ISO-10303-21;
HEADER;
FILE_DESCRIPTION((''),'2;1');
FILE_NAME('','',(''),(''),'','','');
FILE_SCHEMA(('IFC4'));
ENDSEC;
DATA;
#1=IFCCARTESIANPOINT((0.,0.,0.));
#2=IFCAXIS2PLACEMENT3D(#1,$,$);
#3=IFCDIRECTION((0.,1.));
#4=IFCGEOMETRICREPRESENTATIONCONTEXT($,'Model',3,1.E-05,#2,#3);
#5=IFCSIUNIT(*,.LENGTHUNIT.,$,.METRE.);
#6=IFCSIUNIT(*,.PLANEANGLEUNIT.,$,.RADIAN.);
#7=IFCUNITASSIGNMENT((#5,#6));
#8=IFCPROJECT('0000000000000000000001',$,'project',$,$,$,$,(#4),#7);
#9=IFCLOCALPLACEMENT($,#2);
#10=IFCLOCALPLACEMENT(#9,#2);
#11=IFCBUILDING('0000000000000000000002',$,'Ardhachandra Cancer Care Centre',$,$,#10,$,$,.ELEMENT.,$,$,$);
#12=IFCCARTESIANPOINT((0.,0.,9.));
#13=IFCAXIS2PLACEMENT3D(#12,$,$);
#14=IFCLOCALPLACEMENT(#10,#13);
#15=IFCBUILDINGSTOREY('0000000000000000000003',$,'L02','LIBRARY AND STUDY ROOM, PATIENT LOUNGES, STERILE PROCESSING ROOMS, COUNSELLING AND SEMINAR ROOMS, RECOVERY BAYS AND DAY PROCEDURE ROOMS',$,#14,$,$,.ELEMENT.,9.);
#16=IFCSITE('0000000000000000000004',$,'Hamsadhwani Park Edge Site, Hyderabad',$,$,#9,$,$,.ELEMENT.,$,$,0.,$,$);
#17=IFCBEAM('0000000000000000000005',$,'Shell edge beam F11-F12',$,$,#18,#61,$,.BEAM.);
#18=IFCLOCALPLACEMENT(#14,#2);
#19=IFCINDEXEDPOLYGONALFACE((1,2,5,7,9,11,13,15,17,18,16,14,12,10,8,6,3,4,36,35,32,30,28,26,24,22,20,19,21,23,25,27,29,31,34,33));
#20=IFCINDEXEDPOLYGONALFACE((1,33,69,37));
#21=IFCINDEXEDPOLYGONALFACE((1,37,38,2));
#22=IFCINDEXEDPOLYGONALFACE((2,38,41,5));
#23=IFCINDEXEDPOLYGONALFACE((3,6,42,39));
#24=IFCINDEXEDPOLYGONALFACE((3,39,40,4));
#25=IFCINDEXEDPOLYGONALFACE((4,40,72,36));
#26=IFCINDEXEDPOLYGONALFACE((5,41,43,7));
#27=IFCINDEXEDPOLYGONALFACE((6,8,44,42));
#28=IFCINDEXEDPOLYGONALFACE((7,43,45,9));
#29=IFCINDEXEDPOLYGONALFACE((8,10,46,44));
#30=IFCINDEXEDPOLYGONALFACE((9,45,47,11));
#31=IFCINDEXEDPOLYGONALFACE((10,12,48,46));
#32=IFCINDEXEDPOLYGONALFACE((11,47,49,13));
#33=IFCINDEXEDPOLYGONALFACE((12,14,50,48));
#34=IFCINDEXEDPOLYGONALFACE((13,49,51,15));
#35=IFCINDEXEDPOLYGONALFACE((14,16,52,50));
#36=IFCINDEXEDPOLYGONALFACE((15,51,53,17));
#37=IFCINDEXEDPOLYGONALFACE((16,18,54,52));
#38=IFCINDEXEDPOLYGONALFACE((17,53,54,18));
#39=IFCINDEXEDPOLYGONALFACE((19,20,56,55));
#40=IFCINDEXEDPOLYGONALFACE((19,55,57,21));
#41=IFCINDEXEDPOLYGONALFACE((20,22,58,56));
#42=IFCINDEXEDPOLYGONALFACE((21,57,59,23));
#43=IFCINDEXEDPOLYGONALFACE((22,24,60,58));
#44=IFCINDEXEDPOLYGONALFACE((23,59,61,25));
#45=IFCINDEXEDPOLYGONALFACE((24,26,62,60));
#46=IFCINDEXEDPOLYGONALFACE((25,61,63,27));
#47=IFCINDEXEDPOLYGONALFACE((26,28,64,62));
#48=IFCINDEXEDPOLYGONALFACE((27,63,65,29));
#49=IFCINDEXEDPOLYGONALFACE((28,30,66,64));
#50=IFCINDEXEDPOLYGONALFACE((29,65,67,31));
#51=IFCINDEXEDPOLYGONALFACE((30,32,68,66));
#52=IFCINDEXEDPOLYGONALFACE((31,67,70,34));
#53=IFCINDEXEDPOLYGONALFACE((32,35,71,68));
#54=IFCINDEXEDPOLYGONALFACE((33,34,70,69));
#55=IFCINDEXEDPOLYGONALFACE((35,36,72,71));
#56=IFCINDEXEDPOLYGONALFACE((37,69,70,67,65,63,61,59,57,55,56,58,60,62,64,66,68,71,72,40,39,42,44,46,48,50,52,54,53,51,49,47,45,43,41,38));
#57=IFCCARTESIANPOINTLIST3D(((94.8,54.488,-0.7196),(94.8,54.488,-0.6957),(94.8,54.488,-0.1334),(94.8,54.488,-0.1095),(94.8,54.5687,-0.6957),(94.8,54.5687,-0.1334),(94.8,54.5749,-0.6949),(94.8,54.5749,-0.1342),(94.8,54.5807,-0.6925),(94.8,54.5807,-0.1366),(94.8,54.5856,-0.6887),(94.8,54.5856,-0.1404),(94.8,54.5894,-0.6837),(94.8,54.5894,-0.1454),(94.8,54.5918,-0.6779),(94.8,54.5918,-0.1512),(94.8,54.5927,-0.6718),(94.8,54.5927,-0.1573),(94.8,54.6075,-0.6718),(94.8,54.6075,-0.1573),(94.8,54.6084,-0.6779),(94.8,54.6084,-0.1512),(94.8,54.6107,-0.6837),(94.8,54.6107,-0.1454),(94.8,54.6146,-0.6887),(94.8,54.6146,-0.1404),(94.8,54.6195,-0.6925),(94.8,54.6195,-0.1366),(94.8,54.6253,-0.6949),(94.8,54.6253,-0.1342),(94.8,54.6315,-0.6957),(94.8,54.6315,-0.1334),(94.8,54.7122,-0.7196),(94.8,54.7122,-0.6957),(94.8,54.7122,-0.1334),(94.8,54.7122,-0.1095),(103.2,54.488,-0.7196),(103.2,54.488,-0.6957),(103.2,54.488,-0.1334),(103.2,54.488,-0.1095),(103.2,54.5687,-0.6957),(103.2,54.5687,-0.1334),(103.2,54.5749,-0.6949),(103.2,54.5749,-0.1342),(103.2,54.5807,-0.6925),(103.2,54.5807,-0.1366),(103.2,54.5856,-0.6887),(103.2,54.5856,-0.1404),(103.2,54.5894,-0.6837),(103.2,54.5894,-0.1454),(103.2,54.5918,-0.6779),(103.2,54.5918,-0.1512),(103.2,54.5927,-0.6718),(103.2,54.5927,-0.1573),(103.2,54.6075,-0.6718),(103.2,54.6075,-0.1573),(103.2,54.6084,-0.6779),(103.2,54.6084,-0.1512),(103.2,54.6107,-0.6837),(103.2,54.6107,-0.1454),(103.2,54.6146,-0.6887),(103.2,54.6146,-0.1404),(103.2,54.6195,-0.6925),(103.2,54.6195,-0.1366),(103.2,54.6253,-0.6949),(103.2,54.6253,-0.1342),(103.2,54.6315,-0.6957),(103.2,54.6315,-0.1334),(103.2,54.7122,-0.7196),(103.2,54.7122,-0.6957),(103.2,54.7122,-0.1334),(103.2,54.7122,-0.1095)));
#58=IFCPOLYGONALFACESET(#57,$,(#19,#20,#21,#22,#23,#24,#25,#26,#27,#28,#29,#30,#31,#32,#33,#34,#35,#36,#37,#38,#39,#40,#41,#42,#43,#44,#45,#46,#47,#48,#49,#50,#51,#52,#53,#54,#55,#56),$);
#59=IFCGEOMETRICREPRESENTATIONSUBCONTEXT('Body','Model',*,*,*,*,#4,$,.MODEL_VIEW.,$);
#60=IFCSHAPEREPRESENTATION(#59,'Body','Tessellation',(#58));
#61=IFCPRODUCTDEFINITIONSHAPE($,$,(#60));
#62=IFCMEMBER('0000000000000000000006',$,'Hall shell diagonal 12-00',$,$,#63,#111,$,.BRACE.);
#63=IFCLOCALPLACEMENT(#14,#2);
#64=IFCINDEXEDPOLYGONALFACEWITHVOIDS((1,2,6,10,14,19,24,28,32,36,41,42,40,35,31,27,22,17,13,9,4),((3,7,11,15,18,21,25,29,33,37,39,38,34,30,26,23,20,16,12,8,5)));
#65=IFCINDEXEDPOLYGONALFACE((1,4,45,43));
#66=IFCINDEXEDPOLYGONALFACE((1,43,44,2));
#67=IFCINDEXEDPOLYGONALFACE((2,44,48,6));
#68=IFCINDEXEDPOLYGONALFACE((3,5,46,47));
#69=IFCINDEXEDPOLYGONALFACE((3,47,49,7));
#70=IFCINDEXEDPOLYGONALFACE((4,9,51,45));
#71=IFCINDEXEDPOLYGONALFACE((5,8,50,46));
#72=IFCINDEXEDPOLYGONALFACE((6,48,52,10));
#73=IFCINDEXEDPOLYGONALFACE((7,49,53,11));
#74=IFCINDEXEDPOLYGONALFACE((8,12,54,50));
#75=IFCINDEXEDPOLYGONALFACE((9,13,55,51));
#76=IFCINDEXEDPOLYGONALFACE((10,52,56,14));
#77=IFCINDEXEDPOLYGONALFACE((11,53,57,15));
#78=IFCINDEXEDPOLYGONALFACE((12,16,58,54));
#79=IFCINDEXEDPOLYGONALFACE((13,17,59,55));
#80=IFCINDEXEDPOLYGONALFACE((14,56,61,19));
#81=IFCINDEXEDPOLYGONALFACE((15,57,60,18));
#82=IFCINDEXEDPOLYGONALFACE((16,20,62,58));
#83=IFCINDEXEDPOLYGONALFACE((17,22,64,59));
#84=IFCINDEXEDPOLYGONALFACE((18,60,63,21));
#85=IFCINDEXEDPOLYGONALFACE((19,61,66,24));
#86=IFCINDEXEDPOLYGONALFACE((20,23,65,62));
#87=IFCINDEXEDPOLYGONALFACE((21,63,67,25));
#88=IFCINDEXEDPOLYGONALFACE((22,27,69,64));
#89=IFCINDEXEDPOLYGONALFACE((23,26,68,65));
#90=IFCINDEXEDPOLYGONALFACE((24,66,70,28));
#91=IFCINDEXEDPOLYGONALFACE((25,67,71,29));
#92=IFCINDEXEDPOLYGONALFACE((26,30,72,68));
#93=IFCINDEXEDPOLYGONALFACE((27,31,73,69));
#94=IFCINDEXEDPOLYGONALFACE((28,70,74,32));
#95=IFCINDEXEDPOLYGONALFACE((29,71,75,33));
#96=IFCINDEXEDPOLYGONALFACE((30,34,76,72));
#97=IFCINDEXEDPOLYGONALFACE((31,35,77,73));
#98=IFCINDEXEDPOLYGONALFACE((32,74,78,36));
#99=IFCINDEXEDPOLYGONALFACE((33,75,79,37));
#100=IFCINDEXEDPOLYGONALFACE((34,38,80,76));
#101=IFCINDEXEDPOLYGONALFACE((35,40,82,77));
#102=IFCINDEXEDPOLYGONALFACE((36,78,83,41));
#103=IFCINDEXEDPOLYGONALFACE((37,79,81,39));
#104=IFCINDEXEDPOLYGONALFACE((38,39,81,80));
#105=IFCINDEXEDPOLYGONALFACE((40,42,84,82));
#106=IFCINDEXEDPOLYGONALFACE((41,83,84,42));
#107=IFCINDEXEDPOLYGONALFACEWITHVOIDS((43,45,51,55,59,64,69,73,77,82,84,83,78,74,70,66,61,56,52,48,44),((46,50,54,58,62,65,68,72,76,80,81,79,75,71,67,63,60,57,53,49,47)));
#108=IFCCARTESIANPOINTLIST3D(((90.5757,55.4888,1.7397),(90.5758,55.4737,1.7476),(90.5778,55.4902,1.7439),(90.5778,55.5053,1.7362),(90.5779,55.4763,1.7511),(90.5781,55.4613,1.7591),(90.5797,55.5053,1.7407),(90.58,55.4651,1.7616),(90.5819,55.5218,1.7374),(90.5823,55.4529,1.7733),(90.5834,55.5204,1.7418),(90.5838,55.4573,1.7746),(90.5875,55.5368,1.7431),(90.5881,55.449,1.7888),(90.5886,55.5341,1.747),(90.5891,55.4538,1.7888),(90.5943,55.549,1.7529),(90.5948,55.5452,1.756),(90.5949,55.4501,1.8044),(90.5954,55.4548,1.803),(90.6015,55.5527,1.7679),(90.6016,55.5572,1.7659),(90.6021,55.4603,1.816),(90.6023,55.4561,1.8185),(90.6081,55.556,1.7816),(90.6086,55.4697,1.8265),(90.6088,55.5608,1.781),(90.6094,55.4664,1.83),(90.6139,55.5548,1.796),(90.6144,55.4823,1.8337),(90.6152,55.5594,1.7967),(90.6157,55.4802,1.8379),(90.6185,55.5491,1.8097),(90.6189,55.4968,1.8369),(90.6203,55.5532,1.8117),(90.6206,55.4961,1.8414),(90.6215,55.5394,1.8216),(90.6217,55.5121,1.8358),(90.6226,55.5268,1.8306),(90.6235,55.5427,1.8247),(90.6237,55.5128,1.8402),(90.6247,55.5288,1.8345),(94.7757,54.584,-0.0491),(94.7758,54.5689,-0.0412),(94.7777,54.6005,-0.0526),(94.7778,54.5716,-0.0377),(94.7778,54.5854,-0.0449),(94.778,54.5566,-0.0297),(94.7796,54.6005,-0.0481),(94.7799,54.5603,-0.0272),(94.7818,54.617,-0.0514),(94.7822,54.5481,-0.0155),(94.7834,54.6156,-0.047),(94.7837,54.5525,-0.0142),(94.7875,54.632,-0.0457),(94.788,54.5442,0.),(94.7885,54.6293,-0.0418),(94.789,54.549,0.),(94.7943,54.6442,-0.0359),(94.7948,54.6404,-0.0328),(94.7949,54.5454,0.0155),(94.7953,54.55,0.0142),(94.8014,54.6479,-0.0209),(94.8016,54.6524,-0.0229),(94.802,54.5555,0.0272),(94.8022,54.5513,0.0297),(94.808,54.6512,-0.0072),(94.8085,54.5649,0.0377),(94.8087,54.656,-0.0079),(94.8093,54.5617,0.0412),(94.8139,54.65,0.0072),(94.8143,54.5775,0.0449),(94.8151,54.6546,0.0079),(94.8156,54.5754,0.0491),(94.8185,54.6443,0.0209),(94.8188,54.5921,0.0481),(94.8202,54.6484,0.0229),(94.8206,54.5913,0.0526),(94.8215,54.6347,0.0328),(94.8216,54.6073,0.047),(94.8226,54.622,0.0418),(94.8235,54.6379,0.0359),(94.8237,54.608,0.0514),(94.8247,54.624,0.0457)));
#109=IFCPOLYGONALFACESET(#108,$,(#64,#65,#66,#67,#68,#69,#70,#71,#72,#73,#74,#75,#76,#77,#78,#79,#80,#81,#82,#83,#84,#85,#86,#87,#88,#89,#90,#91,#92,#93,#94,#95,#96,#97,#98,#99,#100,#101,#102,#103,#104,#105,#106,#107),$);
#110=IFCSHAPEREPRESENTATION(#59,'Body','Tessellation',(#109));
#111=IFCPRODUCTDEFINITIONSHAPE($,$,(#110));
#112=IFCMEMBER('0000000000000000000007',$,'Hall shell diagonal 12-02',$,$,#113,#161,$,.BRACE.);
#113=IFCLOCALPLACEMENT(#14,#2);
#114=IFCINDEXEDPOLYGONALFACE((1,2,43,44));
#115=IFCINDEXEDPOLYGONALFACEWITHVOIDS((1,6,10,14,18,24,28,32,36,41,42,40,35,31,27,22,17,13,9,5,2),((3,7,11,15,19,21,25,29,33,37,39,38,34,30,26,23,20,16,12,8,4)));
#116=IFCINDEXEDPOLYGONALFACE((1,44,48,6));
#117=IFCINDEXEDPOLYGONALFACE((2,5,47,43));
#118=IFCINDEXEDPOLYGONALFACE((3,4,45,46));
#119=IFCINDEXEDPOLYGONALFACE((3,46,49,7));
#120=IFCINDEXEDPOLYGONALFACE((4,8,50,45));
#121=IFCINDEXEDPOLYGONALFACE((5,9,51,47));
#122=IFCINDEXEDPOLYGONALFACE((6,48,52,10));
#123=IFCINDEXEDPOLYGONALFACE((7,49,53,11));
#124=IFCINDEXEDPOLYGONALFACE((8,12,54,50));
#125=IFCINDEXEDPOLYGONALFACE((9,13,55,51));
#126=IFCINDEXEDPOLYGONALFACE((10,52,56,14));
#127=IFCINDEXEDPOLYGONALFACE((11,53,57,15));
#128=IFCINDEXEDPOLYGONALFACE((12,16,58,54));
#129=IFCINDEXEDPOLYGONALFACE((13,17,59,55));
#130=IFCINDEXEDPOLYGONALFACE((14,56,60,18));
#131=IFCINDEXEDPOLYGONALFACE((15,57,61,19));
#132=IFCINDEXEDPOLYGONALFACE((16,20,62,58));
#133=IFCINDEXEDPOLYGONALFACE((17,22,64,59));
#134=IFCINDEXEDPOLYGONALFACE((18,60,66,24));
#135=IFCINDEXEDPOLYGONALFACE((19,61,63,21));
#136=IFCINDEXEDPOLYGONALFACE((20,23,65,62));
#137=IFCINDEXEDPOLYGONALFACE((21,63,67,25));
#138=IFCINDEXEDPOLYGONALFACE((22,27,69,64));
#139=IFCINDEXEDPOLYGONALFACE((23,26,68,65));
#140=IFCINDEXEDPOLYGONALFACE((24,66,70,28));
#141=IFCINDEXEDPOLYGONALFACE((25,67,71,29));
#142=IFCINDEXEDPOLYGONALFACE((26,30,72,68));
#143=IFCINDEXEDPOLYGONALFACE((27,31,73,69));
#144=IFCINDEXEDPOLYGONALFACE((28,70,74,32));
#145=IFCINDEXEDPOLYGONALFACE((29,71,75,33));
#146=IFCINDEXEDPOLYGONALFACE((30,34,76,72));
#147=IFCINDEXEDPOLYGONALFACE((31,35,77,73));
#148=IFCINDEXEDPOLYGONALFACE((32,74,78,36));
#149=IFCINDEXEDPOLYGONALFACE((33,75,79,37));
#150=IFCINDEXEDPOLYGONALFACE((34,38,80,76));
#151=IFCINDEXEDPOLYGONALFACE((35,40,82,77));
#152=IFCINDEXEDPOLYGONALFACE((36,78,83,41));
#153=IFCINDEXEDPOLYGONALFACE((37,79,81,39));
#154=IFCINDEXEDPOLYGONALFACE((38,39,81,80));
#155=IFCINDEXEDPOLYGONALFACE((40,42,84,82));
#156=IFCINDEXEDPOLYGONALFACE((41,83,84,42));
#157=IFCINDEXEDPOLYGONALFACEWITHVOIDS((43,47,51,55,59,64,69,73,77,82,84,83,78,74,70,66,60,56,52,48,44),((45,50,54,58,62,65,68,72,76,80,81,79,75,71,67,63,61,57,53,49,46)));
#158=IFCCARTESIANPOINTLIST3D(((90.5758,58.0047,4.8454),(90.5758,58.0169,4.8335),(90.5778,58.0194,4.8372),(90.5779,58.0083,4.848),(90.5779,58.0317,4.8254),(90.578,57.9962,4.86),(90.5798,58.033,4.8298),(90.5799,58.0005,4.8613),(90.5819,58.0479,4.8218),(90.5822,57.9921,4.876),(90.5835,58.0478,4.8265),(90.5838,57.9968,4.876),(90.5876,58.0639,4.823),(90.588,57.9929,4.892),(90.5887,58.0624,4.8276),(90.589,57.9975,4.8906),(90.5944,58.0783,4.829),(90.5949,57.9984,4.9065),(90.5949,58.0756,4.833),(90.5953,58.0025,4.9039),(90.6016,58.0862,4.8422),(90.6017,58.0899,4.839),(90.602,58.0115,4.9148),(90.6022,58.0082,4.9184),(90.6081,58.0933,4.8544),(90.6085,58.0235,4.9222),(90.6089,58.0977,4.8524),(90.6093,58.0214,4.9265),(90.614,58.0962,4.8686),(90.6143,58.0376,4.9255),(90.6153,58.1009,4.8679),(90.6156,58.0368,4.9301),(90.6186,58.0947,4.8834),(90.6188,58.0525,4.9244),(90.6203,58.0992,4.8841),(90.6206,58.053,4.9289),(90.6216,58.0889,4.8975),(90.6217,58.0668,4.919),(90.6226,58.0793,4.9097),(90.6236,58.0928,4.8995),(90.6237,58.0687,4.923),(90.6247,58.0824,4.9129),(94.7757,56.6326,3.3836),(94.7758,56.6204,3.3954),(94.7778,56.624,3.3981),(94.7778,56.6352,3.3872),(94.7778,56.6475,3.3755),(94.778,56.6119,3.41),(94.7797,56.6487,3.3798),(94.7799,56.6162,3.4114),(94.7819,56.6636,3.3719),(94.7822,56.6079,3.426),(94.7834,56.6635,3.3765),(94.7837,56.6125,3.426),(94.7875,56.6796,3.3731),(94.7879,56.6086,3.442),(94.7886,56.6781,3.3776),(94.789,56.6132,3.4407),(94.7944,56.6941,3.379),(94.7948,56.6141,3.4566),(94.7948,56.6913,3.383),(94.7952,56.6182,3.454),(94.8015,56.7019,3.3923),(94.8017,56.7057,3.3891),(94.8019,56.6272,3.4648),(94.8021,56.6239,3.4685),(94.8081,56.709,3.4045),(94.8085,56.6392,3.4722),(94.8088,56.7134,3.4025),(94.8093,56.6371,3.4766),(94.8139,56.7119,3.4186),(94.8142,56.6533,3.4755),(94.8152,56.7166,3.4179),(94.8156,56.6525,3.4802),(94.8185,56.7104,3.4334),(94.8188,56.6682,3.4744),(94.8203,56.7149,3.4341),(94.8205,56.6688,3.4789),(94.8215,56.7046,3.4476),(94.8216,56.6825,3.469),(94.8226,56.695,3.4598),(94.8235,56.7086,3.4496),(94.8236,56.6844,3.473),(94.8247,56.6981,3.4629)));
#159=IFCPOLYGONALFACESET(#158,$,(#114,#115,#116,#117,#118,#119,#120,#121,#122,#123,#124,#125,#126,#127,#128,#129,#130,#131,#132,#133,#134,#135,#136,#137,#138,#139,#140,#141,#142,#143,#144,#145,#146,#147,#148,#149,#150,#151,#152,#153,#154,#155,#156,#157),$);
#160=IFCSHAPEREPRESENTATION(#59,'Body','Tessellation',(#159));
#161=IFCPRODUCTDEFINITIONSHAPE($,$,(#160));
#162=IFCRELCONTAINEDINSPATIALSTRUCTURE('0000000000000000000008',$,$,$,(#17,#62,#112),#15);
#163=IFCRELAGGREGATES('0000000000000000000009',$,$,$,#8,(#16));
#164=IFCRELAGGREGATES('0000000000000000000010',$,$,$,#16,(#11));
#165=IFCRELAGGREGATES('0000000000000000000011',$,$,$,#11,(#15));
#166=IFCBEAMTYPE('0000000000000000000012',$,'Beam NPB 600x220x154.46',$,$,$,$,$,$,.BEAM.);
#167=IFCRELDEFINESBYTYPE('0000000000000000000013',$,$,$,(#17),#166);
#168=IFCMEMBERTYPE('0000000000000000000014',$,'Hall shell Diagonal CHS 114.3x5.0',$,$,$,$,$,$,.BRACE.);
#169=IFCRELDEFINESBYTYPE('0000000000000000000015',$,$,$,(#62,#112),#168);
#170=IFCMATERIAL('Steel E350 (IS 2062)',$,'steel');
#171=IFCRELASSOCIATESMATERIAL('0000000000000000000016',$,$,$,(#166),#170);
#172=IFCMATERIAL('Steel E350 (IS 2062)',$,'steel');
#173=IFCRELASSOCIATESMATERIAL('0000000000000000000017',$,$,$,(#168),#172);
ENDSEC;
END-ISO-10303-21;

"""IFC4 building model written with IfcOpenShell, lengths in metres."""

from ifc_helpers import new_model, si_unit, direction, frame, origin, origin_2d, place, context, subcontext, project, spatial, hollow_circle, i_section, extrude, material, material_profile, profile_set, type_object, element, save


model = new_model("IFC4")

# Units and contexts
model_context = context("Model", 3, precision=1e-05, world=origin(), true_north=direction((0.0, 1.0)))
body_context = subcontext(model_context, "Body", "Model", "MODEL_VIEW")
ifc_project = project(units=[si_unit("LENGTHUNIT", "METRE"), si_unit("PLANEANGLEUNIT", "RADIAN")], contexts=[model_context])

# Site, building, storey
site_placement = place(None, origin())
site = spatial("IfcSite", under=ifc_project, at=site_placement, Name="Hamsadhwani Park Edge Site, Hyderabad", CompositionType="ELEMENT", RefElevation=0.0)
building_placement = place(site_placement, origin())
building = spatial("IfcBuilding", under=site, at=building_placement, Name="Ardhachandra Cancer Care Centre", CompositionType="ELEMENT")
storey_placement = place(building_placement, frame((0.0, 0.0, 9.0)))
storey = spatial("IfcBuildingStorey", under=building, at=storey_placement, Name="L02", Description="LIBRARY AND STUDY ROOM, PATIENT LOUNGES, STERILE PROCESSING ROOMS, COUNSELLING AND SEMINAR ROOMS, RECOVERY BAYS AND DAY PROCEDURE ROOMS", CompositionType="ELEMENT", Elevation=9.0)

# Beam
ifc_material_1 = material(Name="Steel E350 (IS 2062)", Category="steel")
ifc_material_profile_1 = material_profile(ifc_material_1, i_section(OverallWidth=0.2241, OverallDepth=0.6101, WebThickness=0.0149, FlangeThickness=0.0239, FilletRadius=0.0239, at=origin_2d()), Name="NPB 600x220x154.46")
ifc_profile_set_1 = profile_set([ifc_material_profile_1], Name="Steel E350 (IS 2062)")
beam_type = type_object("IfcBeamType", Name="Beam NPB 600x220x154.46", PredefinedType="BEAM", material=ifc_profile_set_1)
beam_placement = place(storey_placement, frame((94.8, 54.6001, -0.4146), z_axis=(1.0, 0.0, 0.0), x_axis=(0.0, 1.0, 0.0)))
element("IfcBeam", 1, at=beam_placement, inside=storey, type_object=beam_type, Name="Shell edge beam F11-F12", PredefinedType="BEAM", context=body_context, shape_type="SweptSolid", body=[
    extrude(i_section(OverallWidth=0.2241, OverallDepth=0.6101, WebThickness=0.0149, FlangeThickness=0.0239, FilletRadius=0.0239, at=origin_2d()), origin(), (0.0, 0.0, 1.0), 8.3999),
])

# Members
ifc_material_2 = material(Name="Steel E350 (IS 2062)", Category="steel")
ifc_material_profile_2 = material_profile(ifc_material_2, hollow_circle(Radius=0.0571, WallThickness=0.0049, at=origin_2d()), Name="CHS 114.3x5.0")
ifc_profile_set_2 = profile_set([ifc_material_profile_2], Name="Steel E350 (IS 2062)")
member_type_1 = type_object("IfcMemberType", Name="Hall shell Diagonal CHS 114.3x5.0", PredefinedType="BRACE", material=ifc_profile_set_2)
for number, where, z_axis, x_axis, name in (
    (2, (94.8, 54.6001, 0.0), (-0.902473, 0.194417, 0.384376), (-0.210596, -0.977573, 0.0), "Hall shell diagonal 12-00"),
    (3, (94.8, 56.6621, 3.426), (-0.902471, 0.297449, 0.311561), (-0.313029, -0.949743, 0.0), "Hall shell diagonal 12-02"),
):
    element("IfcMember", number, at=place(storey_placement, frame(where, z_axis=z_axis, x_axis=x_axis)), inside=storey, type_object=member_type_1, Name=name, PredefinedType="BRACE", context=body_context, shape_type="SweptSolid", body=[
        extrude(hollow_circle(Radius=0.0571, WallThickness=0.0049, at=origin_2d()), origin(), (0.0, 0.0, 1.0), 4.6538),
    ])

save(model, "model.ifc")
